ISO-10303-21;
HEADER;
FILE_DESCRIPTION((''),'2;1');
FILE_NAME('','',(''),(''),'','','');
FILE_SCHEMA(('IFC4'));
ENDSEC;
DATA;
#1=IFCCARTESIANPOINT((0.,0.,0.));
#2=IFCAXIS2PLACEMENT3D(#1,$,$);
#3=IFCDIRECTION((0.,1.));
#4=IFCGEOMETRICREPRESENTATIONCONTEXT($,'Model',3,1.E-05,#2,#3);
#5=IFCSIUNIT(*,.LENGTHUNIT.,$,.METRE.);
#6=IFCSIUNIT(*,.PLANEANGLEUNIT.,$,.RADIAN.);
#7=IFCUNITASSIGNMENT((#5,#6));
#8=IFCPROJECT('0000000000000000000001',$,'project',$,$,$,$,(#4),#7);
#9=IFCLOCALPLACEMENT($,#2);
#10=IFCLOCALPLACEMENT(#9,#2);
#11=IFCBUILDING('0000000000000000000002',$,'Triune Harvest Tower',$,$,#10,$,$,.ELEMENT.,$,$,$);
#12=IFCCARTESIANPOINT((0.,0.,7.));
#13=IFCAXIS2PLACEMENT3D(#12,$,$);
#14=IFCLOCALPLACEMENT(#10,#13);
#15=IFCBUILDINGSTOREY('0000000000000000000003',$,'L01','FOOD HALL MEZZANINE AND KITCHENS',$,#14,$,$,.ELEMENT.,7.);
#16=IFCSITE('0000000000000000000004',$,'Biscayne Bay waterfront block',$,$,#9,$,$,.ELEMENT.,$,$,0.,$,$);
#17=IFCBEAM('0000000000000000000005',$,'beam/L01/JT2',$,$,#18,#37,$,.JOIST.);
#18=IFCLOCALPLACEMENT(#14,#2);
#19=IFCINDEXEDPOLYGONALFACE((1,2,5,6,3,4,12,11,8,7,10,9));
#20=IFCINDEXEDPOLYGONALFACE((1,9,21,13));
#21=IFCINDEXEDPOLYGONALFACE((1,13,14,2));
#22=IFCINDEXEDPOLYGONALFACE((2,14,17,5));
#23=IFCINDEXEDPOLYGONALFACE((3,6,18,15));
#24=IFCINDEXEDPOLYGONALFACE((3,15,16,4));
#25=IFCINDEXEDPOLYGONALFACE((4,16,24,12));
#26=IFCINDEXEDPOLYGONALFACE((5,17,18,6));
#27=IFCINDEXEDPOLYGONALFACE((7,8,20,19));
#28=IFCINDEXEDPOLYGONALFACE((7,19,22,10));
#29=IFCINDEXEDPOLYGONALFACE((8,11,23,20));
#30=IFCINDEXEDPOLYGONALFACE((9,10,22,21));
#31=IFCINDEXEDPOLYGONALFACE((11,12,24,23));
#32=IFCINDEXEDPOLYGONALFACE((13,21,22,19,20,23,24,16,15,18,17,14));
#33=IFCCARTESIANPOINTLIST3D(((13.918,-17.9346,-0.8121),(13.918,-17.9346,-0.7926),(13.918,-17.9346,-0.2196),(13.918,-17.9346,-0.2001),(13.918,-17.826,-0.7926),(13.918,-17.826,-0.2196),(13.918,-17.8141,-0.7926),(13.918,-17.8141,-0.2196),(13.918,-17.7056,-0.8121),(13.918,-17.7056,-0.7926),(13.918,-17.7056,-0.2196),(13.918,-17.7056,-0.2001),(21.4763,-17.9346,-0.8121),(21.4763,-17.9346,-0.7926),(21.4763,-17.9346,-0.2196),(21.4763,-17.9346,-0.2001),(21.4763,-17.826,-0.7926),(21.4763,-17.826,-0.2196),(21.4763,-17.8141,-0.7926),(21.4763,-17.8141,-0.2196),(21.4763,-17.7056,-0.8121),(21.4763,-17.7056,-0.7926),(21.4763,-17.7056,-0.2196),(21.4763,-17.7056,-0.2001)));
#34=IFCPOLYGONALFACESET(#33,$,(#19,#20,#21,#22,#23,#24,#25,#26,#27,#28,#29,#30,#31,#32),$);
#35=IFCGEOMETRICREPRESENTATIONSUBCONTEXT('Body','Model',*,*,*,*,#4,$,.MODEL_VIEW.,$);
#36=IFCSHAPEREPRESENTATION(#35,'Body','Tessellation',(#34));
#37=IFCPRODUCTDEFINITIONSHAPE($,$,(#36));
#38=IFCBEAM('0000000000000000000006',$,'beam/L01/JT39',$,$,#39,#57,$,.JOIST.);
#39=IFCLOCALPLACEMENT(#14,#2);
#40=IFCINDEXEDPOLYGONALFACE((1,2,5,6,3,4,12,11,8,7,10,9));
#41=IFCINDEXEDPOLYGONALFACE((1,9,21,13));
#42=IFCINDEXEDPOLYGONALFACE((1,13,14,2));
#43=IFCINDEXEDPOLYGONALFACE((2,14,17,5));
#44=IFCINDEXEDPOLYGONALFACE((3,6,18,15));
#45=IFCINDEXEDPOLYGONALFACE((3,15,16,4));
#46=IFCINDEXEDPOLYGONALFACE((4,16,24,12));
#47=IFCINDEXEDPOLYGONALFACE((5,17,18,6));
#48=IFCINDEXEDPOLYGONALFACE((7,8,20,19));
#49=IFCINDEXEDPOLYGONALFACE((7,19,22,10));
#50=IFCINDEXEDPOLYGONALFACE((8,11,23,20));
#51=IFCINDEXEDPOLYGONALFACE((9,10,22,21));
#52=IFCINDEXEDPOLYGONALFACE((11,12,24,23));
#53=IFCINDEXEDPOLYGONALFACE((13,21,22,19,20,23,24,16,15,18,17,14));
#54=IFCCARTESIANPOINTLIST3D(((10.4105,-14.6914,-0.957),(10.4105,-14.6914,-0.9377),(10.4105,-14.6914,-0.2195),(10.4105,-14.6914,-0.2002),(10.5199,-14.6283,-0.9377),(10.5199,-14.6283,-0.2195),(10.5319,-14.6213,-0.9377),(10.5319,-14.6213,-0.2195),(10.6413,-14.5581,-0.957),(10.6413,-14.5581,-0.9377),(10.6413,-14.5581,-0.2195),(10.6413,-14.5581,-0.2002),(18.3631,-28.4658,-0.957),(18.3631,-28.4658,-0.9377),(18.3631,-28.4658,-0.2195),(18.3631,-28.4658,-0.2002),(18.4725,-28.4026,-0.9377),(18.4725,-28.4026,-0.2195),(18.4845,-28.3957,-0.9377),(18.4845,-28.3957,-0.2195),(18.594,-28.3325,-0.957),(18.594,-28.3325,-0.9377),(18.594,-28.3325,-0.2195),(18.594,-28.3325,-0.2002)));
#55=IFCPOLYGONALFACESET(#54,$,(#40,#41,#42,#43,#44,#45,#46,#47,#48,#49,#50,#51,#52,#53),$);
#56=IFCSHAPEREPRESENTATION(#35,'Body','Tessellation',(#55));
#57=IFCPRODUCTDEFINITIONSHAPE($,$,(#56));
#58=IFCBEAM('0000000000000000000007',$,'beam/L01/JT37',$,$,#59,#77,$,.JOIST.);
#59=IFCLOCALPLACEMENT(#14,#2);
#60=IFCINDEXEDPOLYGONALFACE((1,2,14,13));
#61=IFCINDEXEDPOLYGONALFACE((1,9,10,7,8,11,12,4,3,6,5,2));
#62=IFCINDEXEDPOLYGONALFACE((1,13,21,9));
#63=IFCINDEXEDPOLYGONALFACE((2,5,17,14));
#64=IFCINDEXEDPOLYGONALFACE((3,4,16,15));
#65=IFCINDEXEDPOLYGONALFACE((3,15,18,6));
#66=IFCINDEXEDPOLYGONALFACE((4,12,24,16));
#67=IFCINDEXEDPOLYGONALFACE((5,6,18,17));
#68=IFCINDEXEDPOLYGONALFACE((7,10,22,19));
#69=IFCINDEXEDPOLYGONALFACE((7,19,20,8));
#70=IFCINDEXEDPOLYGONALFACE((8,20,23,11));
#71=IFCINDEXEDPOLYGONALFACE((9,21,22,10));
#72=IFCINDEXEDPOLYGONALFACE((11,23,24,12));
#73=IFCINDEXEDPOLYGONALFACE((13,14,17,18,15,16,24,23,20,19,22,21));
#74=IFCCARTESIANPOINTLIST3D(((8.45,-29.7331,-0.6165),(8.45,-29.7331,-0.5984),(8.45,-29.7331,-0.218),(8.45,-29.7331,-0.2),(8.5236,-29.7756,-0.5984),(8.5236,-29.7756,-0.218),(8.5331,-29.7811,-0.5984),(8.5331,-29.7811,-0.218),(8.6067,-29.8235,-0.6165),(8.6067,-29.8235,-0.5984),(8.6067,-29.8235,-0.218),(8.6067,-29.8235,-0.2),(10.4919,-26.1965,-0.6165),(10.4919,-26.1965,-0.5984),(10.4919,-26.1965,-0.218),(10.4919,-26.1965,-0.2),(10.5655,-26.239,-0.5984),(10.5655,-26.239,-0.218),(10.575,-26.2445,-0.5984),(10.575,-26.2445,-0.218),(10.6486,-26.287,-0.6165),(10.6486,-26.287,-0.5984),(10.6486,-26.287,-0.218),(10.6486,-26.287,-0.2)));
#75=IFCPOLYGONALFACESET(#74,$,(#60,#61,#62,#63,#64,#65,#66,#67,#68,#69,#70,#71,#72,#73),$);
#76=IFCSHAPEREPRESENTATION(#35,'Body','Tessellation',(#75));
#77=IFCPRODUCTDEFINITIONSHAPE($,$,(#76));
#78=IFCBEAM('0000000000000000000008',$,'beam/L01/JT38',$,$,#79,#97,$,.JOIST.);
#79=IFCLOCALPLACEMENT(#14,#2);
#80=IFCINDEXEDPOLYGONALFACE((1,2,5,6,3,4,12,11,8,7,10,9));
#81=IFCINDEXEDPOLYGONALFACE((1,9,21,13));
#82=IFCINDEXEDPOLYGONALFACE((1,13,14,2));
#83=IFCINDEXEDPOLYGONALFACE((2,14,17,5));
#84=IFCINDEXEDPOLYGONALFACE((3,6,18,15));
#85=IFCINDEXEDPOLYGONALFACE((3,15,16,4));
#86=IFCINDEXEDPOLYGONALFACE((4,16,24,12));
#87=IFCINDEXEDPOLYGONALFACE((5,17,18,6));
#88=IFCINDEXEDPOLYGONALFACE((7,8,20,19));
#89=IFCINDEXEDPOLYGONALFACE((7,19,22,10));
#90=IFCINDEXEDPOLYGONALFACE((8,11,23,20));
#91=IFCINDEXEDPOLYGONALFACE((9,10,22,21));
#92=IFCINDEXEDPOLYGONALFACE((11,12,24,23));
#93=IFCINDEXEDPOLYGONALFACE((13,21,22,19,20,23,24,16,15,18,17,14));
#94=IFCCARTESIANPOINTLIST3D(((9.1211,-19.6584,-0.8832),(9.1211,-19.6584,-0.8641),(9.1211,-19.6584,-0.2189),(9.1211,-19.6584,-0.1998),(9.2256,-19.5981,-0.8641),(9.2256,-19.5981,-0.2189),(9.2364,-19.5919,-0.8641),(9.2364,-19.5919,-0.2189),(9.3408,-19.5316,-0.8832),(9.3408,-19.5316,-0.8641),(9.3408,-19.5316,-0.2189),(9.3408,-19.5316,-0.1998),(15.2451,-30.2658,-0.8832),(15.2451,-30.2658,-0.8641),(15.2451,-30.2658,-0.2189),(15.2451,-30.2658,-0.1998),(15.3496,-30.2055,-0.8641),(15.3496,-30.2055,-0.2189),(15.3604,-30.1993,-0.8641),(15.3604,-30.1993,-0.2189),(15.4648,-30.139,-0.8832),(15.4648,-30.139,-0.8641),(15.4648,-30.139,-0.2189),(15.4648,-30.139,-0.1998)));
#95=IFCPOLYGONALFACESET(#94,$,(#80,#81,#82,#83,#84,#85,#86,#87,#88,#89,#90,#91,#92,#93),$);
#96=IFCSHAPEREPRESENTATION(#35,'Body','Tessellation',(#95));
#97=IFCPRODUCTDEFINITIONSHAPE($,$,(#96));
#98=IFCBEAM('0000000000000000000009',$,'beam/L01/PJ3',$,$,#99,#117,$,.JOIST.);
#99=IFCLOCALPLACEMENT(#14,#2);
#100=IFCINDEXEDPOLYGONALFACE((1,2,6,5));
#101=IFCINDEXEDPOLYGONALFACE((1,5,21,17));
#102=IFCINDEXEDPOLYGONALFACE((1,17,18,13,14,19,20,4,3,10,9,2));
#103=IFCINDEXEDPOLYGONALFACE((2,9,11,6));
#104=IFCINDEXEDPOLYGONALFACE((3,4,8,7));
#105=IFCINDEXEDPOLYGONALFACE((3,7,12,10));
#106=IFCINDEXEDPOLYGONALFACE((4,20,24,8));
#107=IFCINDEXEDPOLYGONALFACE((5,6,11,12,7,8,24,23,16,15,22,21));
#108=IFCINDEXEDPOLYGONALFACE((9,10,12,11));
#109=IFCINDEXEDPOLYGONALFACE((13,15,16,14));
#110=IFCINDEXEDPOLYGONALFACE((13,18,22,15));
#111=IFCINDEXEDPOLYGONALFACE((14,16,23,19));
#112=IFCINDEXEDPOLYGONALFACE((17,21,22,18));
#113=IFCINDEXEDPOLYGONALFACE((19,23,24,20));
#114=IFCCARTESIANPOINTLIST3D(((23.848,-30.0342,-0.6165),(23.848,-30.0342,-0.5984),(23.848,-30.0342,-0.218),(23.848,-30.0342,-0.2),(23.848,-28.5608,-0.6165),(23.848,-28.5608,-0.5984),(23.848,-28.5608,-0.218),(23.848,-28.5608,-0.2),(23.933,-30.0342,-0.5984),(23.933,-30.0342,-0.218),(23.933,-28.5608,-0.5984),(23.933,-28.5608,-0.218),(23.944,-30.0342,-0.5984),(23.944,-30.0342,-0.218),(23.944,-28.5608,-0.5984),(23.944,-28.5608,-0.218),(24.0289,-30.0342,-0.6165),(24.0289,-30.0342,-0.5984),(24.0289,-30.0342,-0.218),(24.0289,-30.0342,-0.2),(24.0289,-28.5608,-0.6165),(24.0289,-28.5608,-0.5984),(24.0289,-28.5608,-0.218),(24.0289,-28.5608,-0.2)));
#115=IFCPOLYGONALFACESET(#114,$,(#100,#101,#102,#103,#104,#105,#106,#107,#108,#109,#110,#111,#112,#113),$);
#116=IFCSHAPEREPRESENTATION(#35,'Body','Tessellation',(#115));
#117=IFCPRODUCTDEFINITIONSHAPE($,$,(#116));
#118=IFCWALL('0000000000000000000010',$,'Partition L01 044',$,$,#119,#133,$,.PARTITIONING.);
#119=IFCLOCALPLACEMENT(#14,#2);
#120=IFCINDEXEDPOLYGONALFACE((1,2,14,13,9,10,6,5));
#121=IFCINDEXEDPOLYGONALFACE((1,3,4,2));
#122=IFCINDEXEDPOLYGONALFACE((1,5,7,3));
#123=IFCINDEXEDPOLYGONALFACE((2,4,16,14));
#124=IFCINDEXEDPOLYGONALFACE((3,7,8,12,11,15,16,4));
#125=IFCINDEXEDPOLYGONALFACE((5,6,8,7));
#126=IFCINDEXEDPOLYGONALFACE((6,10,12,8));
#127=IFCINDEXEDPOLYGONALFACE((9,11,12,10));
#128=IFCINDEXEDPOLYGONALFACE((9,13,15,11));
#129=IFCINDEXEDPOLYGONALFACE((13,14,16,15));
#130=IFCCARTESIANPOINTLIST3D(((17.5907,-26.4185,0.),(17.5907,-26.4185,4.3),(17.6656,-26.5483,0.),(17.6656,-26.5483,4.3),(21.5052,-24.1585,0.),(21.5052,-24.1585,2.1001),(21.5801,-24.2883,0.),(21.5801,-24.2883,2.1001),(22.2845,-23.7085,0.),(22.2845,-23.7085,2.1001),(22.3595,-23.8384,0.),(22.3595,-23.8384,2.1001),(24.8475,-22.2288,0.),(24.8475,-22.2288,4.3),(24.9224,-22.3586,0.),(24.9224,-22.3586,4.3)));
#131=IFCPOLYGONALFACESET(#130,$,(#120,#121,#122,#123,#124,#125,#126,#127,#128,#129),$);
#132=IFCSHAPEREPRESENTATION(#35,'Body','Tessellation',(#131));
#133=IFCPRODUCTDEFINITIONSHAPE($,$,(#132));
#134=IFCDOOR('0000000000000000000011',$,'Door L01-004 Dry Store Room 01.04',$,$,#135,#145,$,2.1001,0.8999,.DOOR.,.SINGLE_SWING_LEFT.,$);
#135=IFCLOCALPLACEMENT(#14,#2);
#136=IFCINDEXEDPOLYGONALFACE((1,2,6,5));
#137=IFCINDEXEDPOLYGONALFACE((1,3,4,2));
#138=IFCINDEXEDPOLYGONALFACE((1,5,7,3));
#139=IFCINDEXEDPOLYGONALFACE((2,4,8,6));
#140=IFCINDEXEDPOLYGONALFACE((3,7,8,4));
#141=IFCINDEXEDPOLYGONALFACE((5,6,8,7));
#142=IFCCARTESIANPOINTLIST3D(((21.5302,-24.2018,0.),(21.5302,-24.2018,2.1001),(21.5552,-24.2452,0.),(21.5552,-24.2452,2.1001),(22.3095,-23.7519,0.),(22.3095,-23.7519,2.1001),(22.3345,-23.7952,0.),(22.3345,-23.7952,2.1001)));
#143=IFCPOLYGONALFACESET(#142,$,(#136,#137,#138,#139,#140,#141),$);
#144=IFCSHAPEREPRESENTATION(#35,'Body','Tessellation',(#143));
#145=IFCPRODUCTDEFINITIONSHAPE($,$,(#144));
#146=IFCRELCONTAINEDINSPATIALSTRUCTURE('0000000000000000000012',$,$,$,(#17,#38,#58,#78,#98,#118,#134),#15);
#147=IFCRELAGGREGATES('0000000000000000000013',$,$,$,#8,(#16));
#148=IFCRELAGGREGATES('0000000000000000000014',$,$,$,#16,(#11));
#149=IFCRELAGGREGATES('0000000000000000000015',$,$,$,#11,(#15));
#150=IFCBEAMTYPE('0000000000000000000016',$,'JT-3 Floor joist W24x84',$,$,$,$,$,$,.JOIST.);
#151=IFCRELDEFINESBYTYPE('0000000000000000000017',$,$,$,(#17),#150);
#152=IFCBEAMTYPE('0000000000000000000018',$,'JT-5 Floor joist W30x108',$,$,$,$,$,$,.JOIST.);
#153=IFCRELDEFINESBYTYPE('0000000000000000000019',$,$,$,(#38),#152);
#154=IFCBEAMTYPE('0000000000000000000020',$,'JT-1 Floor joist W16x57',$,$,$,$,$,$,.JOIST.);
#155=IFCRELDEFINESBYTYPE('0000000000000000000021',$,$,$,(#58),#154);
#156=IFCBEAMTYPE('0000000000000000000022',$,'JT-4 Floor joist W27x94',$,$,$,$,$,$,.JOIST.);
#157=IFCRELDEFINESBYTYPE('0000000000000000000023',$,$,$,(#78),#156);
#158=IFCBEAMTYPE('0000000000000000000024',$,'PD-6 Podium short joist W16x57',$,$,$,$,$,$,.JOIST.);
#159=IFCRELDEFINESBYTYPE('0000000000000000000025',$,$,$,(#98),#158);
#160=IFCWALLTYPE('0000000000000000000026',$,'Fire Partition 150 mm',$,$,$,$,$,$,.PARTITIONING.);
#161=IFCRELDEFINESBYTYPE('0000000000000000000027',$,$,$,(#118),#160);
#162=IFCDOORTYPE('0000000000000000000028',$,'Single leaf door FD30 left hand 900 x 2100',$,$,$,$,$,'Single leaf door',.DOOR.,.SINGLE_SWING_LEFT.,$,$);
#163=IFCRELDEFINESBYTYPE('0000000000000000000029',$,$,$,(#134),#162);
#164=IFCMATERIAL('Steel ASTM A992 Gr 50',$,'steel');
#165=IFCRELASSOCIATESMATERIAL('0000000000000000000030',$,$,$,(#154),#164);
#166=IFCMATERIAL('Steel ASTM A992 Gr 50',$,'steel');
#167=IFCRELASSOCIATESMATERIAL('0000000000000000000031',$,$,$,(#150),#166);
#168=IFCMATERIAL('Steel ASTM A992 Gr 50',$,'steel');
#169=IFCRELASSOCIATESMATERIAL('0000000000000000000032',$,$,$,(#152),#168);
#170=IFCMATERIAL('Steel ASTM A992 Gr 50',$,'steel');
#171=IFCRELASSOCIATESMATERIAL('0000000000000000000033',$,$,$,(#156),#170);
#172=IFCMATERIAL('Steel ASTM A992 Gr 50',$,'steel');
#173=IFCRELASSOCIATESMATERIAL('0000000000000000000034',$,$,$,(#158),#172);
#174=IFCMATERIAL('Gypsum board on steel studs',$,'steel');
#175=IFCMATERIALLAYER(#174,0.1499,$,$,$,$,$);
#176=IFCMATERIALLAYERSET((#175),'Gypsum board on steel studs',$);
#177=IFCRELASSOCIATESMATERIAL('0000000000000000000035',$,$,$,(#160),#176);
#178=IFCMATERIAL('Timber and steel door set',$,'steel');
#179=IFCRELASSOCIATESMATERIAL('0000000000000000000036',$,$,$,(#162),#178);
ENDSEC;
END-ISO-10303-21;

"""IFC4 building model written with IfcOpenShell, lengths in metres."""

from ifc_helpers import new_model, si_unit, direction, frame, frame_2d, origin, origin_2d, place, context, subcontext, project, spatial, rectangle, i_section, extrude, source, transform, mapped, material, layer, layer_set, material_profile, profile_set, type_object, element, fill, save


model = new_model("IFC4")

# Units and contexts
model_context = context("Model", 3, precision=1e-05, world=origin(), true_north=direction((0.0, 1.0)))
body_context = subcontext(model_context, "Body", "Model", "MODEL_VIEW")
ifc_project = project(units=[si_unit("LENGTHUNIT", "METRE"), si_unit("PLANEANGLEUNIT", "RADIAN")], contexts=[model_context])

# Site, building, storey
site_placement = place(None, origin())
site = spatial("IfcSite", under=ifc_project, at=site_placement, Name="Biscayne Bay waterfront block", CompositionType="ELEMENT", RefElevation=0.0)
building_placement = place(site_placement, origin())
building = spatial("IfcBuilding", under=site, at=building_placement, Name="Triune Harvest Tower", CompositionType="ELEMENT")
storey_placement = place(building_placement, frame((0.0, 0.0, 7.0)))
storey = spatial("IfcBuildingStorey", under=building, at=storey_placement, Name="L01", Description="FOOD HALL MEZZANINE AND KITCHENS", CompositionType="ELEMENT", Elevation=7.0)

# Beams
ifc_material_1 = material(Name="Steel ASTM A992 Gr 50", Category="steel")
ifc_material_profile_1 = material_profile(ifc_material_1, i_section(OverallWidth=0.1809, OverallDepth=0.4165, WebThickness=0.011, FlangeThickness=0.0181, at=origin_2d()), Name="W16x57")
ifc_profile_set_1 = profile_set([ifc_material_profile_1], Name="Steel ASTM A992 Gr 50")
beam_type_1 = type_object("IfcBeamType", Name="JT-1 Floor joist W16x57", PredefinedType="JOIST", material=ifc_profile_set_1)
ifc_material_2 = material(Name="Steel ASTM A992 Gr 50", Category="steel")
ifc_material_profile_2 = material_profile(ifc_material_2, i_section(OverallWidth=0.229, OverallDepth=0.6121, WebThickness=0.012, FlangeThickness=0.0195, at=origin_2d()), Name="W24x84")
ifc_profile_set_2 = profile_set([ifc_material_profile_2], Name="Steel ASTM A992 Gr 50")
beam_type_2 = type_object("IfcBeamType", Name="JT-3 Floor joist W24x84", PredefinedType="JOIST", material=ifc_profile_set_2)
shared_shape_1 = source(origin(), body_context, "Body", "SweptSolid", [
    extrude(i_section(OverallWidth=0.229, OverallDepth=0.6121, WebThickness=0.012, FlangeThickness=0.0195, at=origin_2d()), origin(), (0.0, 0.0, 1.0), 7.5583),
])
beam_1_placement = place(storey_placement, frame((21.4763, -17.8201, -0.5061), z_axis=(-1.0, 0.0, 0.0), x_axis=(0.0, -1.0, 0.0)))
element("IfcBeam", 1, at=beam_1_placement, inside=storey, type_object=beam_type_2, Name="beam/L01/JT2", PredefinedType="JOIST", context=body_context, shape_type="MappedRepresentation", body=[
    mapped(shared_shape_1, transform((0.0, 0.0, 0.0), scale=1.0)),
])
ifc_material_3 = material(Name="Steel ASTM A992 Gr 50", Category="steel")
ifc_material_profile_3 = material_profile(ifc_material_3, i_section(OverallWidth=0.2666, OverallDepth=0.7568, WebThickness=0.0139, FlangeThickness=0.0193, at=origin_2d()), Name="W30x108")
ifc_profile_set_3 = profile_set([ifc_material_profile_3], Name="Steel ASTM A992 Gr 50")
beam_type_3 = type_object("IfcBeamType", Name="JT-5 Floor joist W30x108", PredefinedType="JOIST", material=ifc_profile_set_3)
shared_shape_2 = source(origin(), body_context, "Body", "SweptSolid", [
    extrude(i_section(OverallWidth=0.2666, OverallDepth=0.7568, WebThickness=0.0139, FlangeThickness=0.0193, at=origin_2d()), origin(), (0.0, 0.0, 1.0), 15.9053),
])
beam_2_placement = place(storey_placement, frame((18.4785, -28.3992, -0.5786), z_axis=(-0.499999, 0.866026, 0.0), x_axis=(-0.866026, -0.499999, 0.0)))
element("IfcBeam", 2, at=beam_2_placement, inside=storey, type_object=beam_type_3, Name="beam/L01/JT39", PredefinedType="JOIST", context=body_context, shape_type="MappedRepresentation", body=[
    mapped(shared_shape_2, transform((0.0, 0.0, 0.0), scale=1.0)),
])
shared_shape_3 = source(origin(), body_context, "Body", "SweptSolid", [
    extrude(i_section(OverallWidth=0.1809, OverallDepth=0.4165, WebThickness=0.011, FlangeThickness=0.0181, at=origin_2d()), origin(), (0.0, 0.0, 1.0), 4.0837),
])
beam_3_placement = place(storey_placement, frame((8.5283, -29.7783, -0.4082), z_axis=(0.500023, 0.866012, 0.0), x_axis=(-0.866012, 0.500023, 0.0)))
element("IfcBeam", 3, at=beam_3_placement, inside=storey, type_object=beam_type_1, Name="beam/L01/JT37", PredefinedType="JOIST", context=body_context, shape_type="MappedRepresentation", body=[
    mapped(shared_shape_3, transform((0.0, 0.0, 0.0), scale=1.0)),
])
ifc_material_4 = material(Name="Steel ASTM A992 Gr 50", Category="steel")
ifc_material_profile_4 = material_profile(ifc_material_4, i_section(OverallWidth=0.2537, OverallDepth=0.6833, WebThickness=0.0125, FlangeThickness=0.019, at=origin_2d()), Name="W27x94")
ifc_profile_set_4 = profile_set([ifc_material_profile_4], Name="Steel ASTM A992 Gr 50")
beam_type_4 = type_object("IfcBeamType", Name="JT-4 Floor joist W27x94", PredefinedType="JOIST", material=ifc_profile_set_4)
shared_shape_4 = source(origin(), body_context, "Body", "SweptSolid", [
    extrude(i_section(OverallWidth=0.2537, OverallDepth=0.6833, WebThickness=0.0125, FlangeThickness=0.019, at=origin_2d()), origin(), (0.0, 0.0, 1.0), 12.2483),
])
beam_4_placement = place(storey_placement, frame((15.355, -30.2024, -0.5415), z_axis=(-0.499989, 0.866032, 0.0), x_axis=(-0.866032, -0.499989, 0.0)))
element("IfcBeam", 4, at=beam_4_placement, inside=storey, type_object=beam_type_4, Name="beam/L01/JT38", PredefinedType="JOIST", context=body_context, shape_type="MappedRepresentation", body=[
    mapped(shared_shape_4, transform((0.0, 0.0, 0.0), scale=1.0)),
])
ifc_material_5 = material(Name="Steel ASTM A992 Gr 50", Category="steel")
ifc_material_profile_5 = material_profile(ifc_material_5, i_section(OverallWidth=0.1809, OverallDepth=0.4165, WebThickness=0.011, FlangeThickness=0.0181, at=origin_2d()), Name="W16x57")
ifc_profile_set_5 = profile_set([ifc_material_profile_5], Name="Steel ASTM A992 Gr 50")
beam_type_5 = type_object("IfcBeamType", Name="PD-6 Podium short joist W16x57", PredefinedType="JOIST", material=ifc_profile_set_5)
shared_shape_5 = source(origin(), body_context, "Body", "SweptSolid", [
    extrude(i_section(OverallWidth=0.1809, OverallDepth=0.4165, WebThickness=0.011, FlangeThickness=0.0181, at=origin_2d()), origin(), (0.0, 0.0, 1.0), 1.4734),
])
beam_5_placement = place(storey_placement, frame((23.9385, -30.0342, -0.4082), z_axis=(0.0, 1.0, 0.0), x_axis=(-1.0, 0.0, 0.0)))
element("IfcBeam", 5, at=beam_5_placement, inside=storey, type_object=beam_type_5, Name="beam/L01/PJ3", PredefinedType="JOIST", context=body_context, shape_type="MappedRepresentation", body=[
    mapped(shared_shape_5, transform((0.0, 0.0, 0.0), scale=1.0)),
])

# Wall, opening, door
ifc_material_6 = material(Name="Gypsum board on steel studs", Category="steel")
ifc_layer_1 = layer(ifc_material_6, 0.1499)
ifc_layer_set_1 = layer_set([ifc_layer_1], Name="Gypsum board on steel studs")
wall_type_1 = type_object("IfcWallType", Name="Fire Partition 150 mm", PredefinedType="PARTITIONING", material=ifc_layer_set_1)
wall_1_placement = place(storey_placement, frame((17.6282, -26.4834, 0.0), z_axis=(0.0, 0.0, 1.0), x_axis=(0.866027, 0.499997, 0.0)))
wall_1 = element("IfcWall", 6, at=wall_1_placement, inside=storey, type_object=wall_type_1, Name="Partition L01 044", PredefinedType="PARTITIONING", context=body_context, shape_type="SweptSolid", body=[
    extrude(rectangle(XDim=8.3794, YDim=0.1499, at=frame_2d((4.1897, 0.0))), origin(), (0.0, 0.0, 1.0), 4.3),
])
opening_1_placement = place(wall_1_placement, frame((4.52, 0.0, 0.0)))
opening_1 = element("IfcOpeningElement", 7, at=opening_1_placement, cuts=wall_1, PredefinedType="OPENING", context=body_context, shape_type="SweptSolid", body=[
    extrude(rectangle(XDim=0.8999, YDim=2.1001, at=frame_2d((0.45, 1.05))), frame((0.0, 0.085, 0.0), z_axis=(0.0, -1.0, 0.0), x_axis=(1.0, 0.0, 0.0)), (0.0, 0.0, 1.0), 0.1699),
])
ifc_material_7 = material(Name="Timber and steel door set", Category="steel")
door_type_1 = type_object("IfcDoorType", Name="Single leaf door FD30 left hand 900 x 2100", ElementType="Single leaf door", OperationType="SINGLE_SWING_LEFT", PredefinedType="DOOR", material=ifc_material_7)
door_1_placement = place(opening_1_placement, origin())
door_1 = element("IfcDoor", 8, at=door_1_placement, inside=storey, type_object=door_type_1, Name="Door L01-004 Dry Store Room 01.04", OperationType="SINGLE_SWING_LEFT", OverallHeight=2.1001, OverallWidth=0.8999, PredefinedType="DOOR", context=body_context, shape_type="SweptSolid", body=[
    extrude(rectangle(XDim=0.8999, YDim=2.1001, at=frame_2d((0.45, 1.05))), frame((0.0, 0.0249, 0.0), z_axis=(0.0, -1.0, 0.0), x_axis=(1.0, 0.0, 0.0)), (0.0, 0.0, 1.0), 0.05),
])
fill(opening_1, door_1)

save(model, "model.ifc")
